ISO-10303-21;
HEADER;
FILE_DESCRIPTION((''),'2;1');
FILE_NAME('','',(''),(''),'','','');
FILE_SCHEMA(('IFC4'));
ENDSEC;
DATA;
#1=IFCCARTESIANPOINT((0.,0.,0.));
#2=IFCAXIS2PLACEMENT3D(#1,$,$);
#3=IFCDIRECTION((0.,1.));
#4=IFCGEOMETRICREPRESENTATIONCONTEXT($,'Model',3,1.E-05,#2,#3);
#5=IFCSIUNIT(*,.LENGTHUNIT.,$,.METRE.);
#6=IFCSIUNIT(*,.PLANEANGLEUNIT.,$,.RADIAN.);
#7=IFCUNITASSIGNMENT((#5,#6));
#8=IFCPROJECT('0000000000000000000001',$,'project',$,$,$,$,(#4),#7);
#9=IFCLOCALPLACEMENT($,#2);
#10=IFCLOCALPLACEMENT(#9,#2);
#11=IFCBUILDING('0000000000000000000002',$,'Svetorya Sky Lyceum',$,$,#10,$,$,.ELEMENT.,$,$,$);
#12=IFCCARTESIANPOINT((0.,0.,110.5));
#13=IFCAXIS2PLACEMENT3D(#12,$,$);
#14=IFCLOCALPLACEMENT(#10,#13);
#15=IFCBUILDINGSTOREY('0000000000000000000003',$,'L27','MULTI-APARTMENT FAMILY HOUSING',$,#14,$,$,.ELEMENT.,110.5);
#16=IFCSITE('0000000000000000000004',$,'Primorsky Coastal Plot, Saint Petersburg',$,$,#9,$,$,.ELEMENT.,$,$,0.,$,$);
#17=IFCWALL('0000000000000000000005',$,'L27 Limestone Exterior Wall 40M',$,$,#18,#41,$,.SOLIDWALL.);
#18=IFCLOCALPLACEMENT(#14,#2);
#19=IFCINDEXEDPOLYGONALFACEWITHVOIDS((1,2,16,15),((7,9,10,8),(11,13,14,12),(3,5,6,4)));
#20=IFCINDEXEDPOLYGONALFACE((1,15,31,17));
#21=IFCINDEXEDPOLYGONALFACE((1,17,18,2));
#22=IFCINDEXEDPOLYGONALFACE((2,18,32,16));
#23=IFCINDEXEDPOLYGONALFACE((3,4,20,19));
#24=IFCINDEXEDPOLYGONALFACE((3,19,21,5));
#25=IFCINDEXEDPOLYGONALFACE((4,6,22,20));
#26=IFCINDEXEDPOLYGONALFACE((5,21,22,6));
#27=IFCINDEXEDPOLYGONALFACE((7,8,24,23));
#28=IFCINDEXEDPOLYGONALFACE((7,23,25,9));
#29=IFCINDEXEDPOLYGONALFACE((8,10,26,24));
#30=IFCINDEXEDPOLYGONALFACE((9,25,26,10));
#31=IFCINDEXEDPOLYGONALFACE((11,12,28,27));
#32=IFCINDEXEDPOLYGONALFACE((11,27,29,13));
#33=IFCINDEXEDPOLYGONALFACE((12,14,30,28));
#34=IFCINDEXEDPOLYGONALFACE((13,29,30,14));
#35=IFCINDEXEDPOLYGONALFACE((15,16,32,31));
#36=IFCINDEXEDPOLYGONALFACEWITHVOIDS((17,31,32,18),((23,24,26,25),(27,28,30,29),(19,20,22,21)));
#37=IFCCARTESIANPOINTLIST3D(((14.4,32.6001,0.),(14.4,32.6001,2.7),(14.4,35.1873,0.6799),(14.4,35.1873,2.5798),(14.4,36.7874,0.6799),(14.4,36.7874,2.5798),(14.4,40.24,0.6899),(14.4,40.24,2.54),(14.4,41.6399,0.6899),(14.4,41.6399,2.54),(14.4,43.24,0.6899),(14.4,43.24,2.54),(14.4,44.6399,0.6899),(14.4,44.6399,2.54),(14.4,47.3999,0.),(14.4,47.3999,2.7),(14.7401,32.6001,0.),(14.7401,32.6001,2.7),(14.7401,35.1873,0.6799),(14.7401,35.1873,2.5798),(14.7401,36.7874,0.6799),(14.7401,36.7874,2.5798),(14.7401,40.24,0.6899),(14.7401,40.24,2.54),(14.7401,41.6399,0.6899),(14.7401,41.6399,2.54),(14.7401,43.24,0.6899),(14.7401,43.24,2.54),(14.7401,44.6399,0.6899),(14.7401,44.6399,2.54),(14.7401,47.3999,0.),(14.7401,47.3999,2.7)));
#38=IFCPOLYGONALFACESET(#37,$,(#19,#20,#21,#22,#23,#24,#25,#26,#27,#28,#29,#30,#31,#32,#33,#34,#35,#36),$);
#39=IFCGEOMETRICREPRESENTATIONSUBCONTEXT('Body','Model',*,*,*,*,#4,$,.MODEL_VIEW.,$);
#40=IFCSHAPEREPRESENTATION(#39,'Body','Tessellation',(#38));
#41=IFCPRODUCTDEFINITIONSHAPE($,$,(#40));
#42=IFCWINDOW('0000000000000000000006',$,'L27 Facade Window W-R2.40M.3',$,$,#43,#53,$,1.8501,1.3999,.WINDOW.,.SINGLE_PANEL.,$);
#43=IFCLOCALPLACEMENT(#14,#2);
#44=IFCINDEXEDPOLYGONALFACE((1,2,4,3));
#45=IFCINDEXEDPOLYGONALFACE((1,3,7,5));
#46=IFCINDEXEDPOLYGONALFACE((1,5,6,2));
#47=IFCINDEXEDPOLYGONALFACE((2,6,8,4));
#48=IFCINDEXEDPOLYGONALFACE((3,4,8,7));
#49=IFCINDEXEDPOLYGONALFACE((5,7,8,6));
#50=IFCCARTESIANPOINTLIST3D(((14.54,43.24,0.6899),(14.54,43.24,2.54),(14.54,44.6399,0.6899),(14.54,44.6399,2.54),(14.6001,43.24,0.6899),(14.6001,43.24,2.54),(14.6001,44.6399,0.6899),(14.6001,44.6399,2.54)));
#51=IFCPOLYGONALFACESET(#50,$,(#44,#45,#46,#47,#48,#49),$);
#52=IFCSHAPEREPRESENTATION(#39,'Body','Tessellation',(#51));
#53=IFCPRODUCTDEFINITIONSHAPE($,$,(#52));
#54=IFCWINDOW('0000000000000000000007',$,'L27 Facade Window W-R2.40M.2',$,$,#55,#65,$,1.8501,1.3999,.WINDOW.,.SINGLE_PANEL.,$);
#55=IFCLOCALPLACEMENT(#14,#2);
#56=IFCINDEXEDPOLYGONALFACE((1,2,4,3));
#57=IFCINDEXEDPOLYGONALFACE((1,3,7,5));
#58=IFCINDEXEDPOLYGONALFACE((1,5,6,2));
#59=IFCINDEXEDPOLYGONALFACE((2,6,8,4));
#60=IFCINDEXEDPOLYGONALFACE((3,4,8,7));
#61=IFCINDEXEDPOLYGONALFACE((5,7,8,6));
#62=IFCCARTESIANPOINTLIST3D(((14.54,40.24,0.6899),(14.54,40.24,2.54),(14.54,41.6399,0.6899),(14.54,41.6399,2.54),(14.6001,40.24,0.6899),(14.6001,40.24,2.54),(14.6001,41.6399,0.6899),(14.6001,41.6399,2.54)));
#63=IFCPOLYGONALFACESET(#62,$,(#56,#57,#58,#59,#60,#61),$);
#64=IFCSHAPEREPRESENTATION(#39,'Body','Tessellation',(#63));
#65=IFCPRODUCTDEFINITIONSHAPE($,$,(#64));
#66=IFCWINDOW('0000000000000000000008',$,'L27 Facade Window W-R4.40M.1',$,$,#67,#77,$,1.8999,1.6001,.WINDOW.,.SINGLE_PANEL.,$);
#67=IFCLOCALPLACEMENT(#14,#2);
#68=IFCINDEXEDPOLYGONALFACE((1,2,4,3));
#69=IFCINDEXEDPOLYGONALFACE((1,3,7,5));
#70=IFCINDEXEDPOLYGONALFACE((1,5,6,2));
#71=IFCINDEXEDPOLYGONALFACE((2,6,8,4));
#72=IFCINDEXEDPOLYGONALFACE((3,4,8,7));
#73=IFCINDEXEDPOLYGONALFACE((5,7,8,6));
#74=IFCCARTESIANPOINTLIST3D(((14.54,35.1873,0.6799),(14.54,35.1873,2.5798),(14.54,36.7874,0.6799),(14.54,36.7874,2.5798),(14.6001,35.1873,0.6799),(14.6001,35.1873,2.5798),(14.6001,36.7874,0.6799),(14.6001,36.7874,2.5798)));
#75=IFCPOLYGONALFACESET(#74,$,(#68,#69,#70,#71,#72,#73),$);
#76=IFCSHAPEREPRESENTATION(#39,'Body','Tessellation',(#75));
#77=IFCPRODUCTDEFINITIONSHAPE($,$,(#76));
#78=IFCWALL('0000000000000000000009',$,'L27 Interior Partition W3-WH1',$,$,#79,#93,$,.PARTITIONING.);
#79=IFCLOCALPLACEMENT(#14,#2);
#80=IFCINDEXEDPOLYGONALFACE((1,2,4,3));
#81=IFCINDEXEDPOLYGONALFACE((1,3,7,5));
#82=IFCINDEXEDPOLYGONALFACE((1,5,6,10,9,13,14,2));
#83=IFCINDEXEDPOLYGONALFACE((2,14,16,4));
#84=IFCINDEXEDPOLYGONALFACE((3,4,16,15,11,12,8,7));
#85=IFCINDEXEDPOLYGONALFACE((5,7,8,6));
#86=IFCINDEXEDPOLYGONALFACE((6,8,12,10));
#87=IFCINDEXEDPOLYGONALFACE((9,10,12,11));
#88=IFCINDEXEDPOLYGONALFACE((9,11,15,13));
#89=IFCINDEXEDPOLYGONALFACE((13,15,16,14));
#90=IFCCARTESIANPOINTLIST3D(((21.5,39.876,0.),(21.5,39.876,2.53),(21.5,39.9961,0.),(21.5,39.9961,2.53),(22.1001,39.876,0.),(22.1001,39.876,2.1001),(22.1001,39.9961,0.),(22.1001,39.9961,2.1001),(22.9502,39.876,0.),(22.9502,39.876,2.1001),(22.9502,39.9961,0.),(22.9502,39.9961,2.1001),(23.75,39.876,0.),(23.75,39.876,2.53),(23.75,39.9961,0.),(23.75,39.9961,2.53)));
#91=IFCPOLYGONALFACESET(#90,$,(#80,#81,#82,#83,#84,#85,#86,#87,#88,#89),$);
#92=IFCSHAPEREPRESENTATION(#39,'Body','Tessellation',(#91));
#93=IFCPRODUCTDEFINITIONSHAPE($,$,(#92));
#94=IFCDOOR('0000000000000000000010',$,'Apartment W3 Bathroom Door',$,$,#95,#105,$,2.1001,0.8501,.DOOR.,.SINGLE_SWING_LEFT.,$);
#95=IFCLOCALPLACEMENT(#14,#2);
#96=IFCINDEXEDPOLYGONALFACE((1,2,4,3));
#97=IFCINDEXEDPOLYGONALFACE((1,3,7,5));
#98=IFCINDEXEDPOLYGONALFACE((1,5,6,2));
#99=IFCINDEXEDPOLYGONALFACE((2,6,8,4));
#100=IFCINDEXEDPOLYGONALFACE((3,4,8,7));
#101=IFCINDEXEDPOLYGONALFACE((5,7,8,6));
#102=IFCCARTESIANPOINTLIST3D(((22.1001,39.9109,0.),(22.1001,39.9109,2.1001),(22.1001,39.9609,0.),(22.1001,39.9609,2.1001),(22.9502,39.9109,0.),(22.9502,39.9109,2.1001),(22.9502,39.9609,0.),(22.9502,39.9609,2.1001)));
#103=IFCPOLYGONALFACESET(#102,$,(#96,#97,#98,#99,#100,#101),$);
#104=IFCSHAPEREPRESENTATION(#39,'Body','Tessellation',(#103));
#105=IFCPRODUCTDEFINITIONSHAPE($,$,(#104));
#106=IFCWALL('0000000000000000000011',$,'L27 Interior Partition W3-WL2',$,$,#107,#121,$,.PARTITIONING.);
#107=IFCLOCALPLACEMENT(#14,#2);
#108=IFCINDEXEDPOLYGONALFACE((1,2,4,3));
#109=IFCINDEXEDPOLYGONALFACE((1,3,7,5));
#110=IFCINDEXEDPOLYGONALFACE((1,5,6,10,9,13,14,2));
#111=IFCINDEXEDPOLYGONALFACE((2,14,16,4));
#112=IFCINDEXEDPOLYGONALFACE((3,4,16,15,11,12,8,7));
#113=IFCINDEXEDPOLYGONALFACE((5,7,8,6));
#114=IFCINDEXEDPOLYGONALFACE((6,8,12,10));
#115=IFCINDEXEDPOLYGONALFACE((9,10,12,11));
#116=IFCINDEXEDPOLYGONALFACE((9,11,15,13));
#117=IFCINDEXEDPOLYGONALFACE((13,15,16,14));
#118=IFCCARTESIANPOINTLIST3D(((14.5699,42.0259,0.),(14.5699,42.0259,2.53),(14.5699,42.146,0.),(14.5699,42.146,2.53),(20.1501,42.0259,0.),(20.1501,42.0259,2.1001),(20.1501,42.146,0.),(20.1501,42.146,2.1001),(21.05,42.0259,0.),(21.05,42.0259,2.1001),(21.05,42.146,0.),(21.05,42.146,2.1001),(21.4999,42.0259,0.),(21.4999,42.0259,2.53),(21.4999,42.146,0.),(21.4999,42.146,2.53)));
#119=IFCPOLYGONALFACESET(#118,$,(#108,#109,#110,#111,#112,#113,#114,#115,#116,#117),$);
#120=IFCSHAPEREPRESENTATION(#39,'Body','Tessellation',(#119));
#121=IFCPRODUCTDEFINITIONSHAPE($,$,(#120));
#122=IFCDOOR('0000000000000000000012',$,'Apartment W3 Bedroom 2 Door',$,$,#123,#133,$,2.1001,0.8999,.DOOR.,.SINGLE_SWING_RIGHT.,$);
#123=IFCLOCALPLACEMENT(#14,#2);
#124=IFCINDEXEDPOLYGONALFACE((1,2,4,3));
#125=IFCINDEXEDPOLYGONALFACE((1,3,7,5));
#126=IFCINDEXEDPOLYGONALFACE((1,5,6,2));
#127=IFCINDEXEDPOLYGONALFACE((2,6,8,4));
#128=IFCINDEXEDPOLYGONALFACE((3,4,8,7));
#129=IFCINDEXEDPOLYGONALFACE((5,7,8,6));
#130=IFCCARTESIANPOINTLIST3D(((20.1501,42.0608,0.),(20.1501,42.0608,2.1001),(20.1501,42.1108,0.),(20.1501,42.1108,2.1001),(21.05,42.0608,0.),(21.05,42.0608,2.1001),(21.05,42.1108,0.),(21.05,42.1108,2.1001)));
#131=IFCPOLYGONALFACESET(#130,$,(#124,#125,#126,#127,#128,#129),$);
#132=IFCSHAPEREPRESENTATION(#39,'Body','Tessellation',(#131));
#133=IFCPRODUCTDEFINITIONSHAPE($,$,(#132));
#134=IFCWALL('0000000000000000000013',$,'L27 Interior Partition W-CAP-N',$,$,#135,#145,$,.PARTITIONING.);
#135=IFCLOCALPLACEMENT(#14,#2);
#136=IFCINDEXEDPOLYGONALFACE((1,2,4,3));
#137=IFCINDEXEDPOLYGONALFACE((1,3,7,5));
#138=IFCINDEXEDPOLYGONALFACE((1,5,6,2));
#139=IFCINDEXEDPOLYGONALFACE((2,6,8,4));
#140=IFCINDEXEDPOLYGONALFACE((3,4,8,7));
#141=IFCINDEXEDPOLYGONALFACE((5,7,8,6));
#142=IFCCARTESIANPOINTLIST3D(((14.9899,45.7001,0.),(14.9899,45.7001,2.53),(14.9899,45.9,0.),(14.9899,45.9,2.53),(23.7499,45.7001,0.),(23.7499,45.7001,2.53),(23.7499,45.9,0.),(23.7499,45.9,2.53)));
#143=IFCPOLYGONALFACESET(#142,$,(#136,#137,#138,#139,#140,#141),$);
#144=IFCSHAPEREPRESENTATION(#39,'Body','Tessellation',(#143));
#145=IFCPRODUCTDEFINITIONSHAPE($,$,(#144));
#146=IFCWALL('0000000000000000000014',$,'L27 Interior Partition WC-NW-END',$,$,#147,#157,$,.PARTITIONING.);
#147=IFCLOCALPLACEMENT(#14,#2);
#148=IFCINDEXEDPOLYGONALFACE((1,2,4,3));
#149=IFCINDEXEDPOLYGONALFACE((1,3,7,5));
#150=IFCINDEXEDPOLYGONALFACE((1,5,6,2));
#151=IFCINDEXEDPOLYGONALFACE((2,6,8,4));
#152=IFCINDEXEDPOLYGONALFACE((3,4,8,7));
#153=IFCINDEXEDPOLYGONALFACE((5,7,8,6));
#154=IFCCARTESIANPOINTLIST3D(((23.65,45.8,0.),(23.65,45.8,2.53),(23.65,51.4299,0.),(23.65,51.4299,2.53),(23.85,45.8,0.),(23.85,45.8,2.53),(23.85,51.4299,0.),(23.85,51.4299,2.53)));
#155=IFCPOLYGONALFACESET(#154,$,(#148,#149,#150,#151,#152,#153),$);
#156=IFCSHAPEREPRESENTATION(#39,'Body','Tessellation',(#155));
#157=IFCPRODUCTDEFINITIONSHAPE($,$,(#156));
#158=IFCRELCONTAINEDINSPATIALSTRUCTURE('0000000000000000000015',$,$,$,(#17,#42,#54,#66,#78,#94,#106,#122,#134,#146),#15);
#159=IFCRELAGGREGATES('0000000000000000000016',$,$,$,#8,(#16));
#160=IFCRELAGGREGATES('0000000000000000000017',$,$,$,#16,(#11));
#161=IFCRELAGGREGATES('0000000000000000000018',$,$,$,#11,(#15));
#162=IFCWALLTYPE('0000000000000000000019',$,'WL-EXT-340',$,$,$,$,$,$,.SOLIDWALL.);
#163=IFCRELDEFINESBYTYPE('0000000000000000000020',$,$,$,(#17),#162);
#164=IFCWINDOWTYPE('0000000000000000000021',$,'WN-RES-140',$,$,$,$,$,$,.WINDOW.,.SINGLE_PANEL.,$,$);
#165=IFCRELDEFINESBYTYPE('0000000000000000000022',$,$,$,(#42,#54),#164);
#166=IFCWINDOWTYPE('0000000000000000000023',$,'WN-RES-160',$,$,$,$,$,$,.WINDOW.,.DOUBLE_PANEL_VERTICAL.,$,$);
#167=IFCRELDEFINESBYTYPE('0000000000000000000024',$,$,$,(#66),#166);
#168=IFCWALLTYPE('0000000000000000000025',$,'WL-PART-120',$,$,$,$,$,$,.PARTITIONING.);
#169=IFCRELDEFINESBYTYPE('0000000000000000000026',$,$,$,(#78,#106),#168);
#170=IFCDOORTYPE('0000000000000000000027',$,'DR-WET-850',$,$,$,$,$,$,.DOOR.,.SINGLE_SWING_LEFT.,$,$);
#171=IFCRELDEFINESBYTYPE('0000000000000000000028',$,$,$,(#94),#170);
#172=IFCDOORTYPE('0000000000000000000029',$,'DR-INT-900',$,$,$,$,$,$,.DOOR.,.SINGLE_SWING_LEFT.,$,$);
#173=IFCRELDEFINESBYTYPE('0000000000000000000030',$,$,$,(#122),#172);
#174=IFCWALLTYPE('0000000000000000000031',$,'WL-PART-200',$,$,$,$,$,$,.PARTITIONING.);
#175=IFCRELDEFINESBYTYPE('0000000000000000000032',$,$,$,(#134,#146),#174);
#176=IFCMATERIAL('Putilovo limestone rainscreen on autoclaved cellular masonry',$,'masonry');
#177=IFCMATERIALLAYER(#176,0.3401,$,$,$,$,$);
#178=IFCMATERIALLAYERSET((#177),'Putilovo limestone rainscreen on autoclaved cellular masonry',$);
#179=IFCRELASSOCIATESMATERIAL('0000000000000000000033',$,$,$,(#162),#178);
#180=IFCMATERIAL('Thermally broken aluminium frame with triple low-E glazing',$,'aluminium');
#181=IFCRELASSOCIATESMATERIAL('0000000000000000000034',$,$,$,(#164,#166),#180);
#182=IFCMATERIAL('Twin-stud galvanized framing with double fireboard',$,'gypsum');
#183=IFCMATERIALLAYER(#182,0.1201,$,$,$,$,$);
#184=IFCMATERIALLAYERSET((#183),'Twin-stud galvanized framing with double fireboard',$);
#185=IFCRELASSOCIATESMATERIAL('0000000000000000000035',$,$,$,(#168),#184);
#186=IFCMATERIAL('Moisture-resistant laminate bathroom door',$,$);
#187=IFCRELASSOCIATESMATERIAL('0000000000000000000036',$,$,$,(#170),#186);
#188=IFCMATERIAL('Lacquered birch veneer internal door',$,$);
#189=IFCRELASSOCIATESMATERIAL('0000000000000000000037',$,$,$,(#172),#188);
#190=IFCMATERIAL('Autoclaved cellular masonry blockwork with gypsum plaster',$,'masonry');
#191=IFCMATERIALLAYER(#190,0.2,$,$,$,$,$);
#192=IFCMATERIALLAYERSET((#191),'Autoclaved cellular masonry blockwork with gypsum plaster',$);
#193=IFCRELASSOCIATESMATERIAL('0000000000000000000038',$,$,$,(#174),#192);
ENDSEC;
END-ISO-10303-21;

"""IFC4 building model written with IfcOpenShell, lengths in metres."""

from ifc_helpers import new_model, si_unit, direction, frame, frame_2d, origin, place, context, subcontext, project, spatial, rectangle, extrude, material, layer, layer_set, type_object, element, fill, save


model = new_model("IFC4")

# Units and contexts
model_context = context("Model", 3, precision=1e-05, world=origin(), true_north=direction((0.0, 1.0)))
body_context = subcontext(model_context, "Body", "Model", "MODEL_VIEW")
ifc_project = project(units=[si_unit("LENGTHUNIT", "METRE"), si_unit("PLANEANGLEUNIT", "RADIAN")], contexts=[model_context])

# Site, building, storey
site_placement = place(None, origin())
site = spatial("IfcSite", under=ifc_project, at=site_placement, Name="Primorsky Coastal Plot, Saint Petersburg", CompositionType="ELEMENT", RefElevation=0.0)
building_placement = place(site_placement, origin())
building = spatial("IfcBuilding", under=site, at=building_placement, Name="Svetorya Sky Lyceum", CompositionType="ELEMENT")
storey_placement = place(building_placement, frame((0.0, 0.0, 110.5)))
storey = spatial("IfcBuildingStorey", under=building, at=storey_placement, Name="L27", Description="MULTI-APARTMENT FAMILY HOUSING", CompositionType="ELEMENT", Elevation=110.5)

# Shared definitions
ifc_material_1 = material(Name="Putilovo limestone rainscreen on autoclaved cellular masonry", Category="masonry")
ifc_layer_1 = layer(ifc_material_1, 0.3401)
ifc_layer_set_1 = layer_set([ifc_layer_1], Name="Putilovo limestone rainscreen on autoclaved cellular masonry")
wall_type_1 = type_object("IfcWallType", Name="WL-EXT-340", PredefinedType="SOLIDWALL", material=ifc_layer_set_1)

# Wall, openings, windows
wall_1_placement = place(storey_placement, frame((14.5701, 47.3999, 0.0), z_axis=(0.0, 0.0, 1.0), x_axis=(0.0, -1.0, 0.0)))
wall_1 = element("IfcWall", 1, at=wall_1_placement, inside=storey, type_object=wall_type_1, Name="L27 Limestone Exterior Wall 40M", PredefinedType="SOLIDWALL", context=body_context, shape_type="SweptSolid", body=[
    extrude(rectangle(XDim=14.7998, YDim=0.3401, at=frame_2d((7.3999, 0.0))), origin(), (0.0, 0.0, 1.0), 2.7),
])
opening_1_placement = place(wall_1_placement, frame((2.76, 0.0, 0.6899)))
opening_1 = element("IfcOpeningElement", 2, at=opening_1_placement, cuts=wall_1, PredefinedType="OPENING", context=body_context, shape_type="SweptSolid", body=[
    extrude(rectangle(XDim=1.3999, YDim=1.8501, at=frame_2d((0.7, 0.925))), frame((0.0, 0.1799, 0.0), z_axis=(0.0, -1.0, 0.0), x_axis=(1.0, 0.0, 0.0)), (0.0, 0.0, 1.0), 0.3601),
])
opening_2_placement = place(wall_1_placement, frame((5.76, 0.0, 0.6899)))
opening_2 = element("IfcOpeningElement", 3, at=opening_2_placement, cuts=wall_1, PredefinedType="OPENING", context=body_context, shape_type="SweptSolid", body=[
    extrude(rectangle(XDim=1.3999, YDim=1.8501, at=frame_2d((0.7, 0.925))), frame((0.0, 0.1799, 0.0), z_axis=(0.0, -1.0, 0.0), x_axis=(1.0, 0.0, 0.0)), (0.0, 0.0, 1.0), 0.3601),
])
opening_3_placement = place(wall_1_placement, frame((10.6125, 0.0, 0.6799)))
opening_3 = element("IfcOpeningElement", 4, at=opening_3_placement, cuts=wall_1, PredefinedType="OPENING", context=body_context, shape_type="SweptSolid", body=[
    extrude(rectangle(XDim=1.6001, YDim=1.8999, at=frame_2d((0.8, 0.95))), frame((0.0, 0.1799, 0.0), z_axis=(0.0, -1.0, 0.0), x_axis=(1.0, 0.0, 0.0)), (0.0, 0.0, 1.0), 0.3601),
])
ifc_material_2 = material(Name="Thermally broken aluminium frame with triple low-E glazing", Category="aluminium")
window_type_1 = type_object("IfcWindowType", Name="WN-RES-140", PartitioningType="SINGLE_PANEL", PredefinedType="WINDOW", material=ifc_material_2)
window_1_placement = place(opening_1_placement, origin())
window_1 = element("IfcWindow", 5, at=window_1_placement, inside=storey, type_object=window_type_1, Name="L27 Facade Window W-R2.40M.3", OverallHeight=1.8501, OverallWidth=1.3999, PartitioningType="SINGLE_PANEL", PredefinedType="WINDOW", context=body_context, shape_type="SweptSolid", body=[
    extrude(rectangle(XDim=1.3999, YDim=1.8501, at=frame_2d((0.7, 0.925))), frame((0.0, 0.03, 0.0), z_axis=(0.0, -1.0, 0.0), x_axis=(1.0, 0.0, 0.0)), (0.0, 0.0, 1.0), 0.0601),
])
fill(opening_1, window_1)
window_2_placement = place(opening_2_placement, origin())
window_2 = element("IfcWindow", 6, at=window_2_placement, inside=storey, type_object=window_type_1, Name="L27 Facade Window W-R2.40M.2", OverallHeight=1.8501, OverallWidth=1.3999, PartitioningType="SINGLE_PANEL", PredefinedType="WINDOW", context=body_context, shape_type="SweptSolid", body=[
    extrude(rectangle(XDim=1.3999, YDim=1.8501, at=frame_2d((0.7, 0.925))), frame((0.0, 0.03, 0.0), z_axis=(0.0, -1.0, 0.0), x_axis=(1.0, 0.0, 0.0)), (0.0, 0.0, 1.0), 0.0601),
])
fill(opening_2, window_2)
window_type_2 = type_object("IfcWindowType", Name="WN-RES-160", PartitioningType="DOUBLE_PANEL_VERTICAL", PredefinedType="WINDOW", material=ifc_material_2)
window_3_placement = place(opening_3_placement, origin())
window_3 = element("IfcWindow", 7, at=window_3_placement, inside=storey, type_object=window_type_2, Name="L27 Facade Window W-R4.40M.1", OverallHeight=1.8999, OverallWidth=1.6001, PartitioningType="SINGLE_PANEL", PredefinedType="WINDOW", context=body_context, shape_type="SweptSolid", body=[
    extrude(rectangle(XDim=1.6001, YDim=1.8999, at=frame_2d((0.8, 0.95))), frame((0.0, 0.03, 0.0), z_axis=(0.0, -1.0, 0.0), x_axis=(1.0, 0.0, 0.0)), (0.0, 0.0, 1.0), 0.0601),
])
fill(opening_3, window_3)

# Walls, openings, doors
ifc_material_3 = material(Name="Twin-stud galvanized framing with double fireboard", Category="gypsum")
ifc_layer_2 = layer(ifc_material_3, 0.1201)
ifc_layer_set_2 = layer_set([ifc_layer_2], Name="Twin-stud galvanized framing with double fireboard")
wall_type_2 = type_object("IfcWallType", Name="WL-PART-120", PredefinedType="PARTITIONING", material=ifc_layer_set_2)
wall_2_placement = place(storey_placement, frame((21.5, 39.936, 0.0), z_axis=(0.0, 0.0, 1.0), x_axis=(1.0, 0.0, 0.0)))
wall_2 = element("IfcWall", 8, at=wall_2_placement, inside=storey, type_object=wall_type_2, Name="L27 Interior Partition W3-WH1", PredefinedType="PARTITIONING", context=body_context, shape_type="SweptSolid", body=[
    extrude(rectangle(XDim=2.25, YDim=0.1201, at=frame_2d((1.125, 0.0))), origin(), (0.0, 0.0, 1.0), 2.53),
])
opening_4_placement = place(wall_2_placement, frame((0.6001, 0.0, 0.0)))
opening_4 = element("IfcOpeningElement", 9, at=opening_4_placement, cuts=wall_2, PredefinedType="OPENING", context=body_context, shape_type="SweptSolid", body=[
    extrude(rectangle(XDim=0.8501, YDim=2.1001, at=frame_2d((0.425, 1.05))), frame((0.0, 0.0701, 0.0), z_axis=(0.0, -1.0, 0.0), x_axis=(1.0, 0.0, 0.0)), (0.0, 0.0, 1.0), 0.1401),
])
ifc_material_4 = material(Name="Moisture-resistant laminate bathroom door")
door_type_1 = type_object("IfcDoorType", Name="DR-WET-850", OperationType="SINGLE_SWING_LEFT", PredefinedType="DOOR", material=ifc_material_4)
door_1_placement = place(opening_4_placement, origin())
door_1 = element("IfcDoor", 10, at=door_1_placement, inside=storey, type_object=door_type_1, Name="Apartment W3 Bathroom Door", OperationType="SINGLE_SWING_LEFT", OverallHeight=2.1001, OverallWidth=0.8501, PredefinedType="DOOR", context=body_context, shape_type="SweptSolid", body=[
    extrude(rectangle(XDim=0.8501, YDim=2.1001, at=frame_2d((0.425, 1.05))), frame((0.0, 0.0249, 0.0), z_axis=(0.0, -1.0, 0.0), x_axis=(1.0, 0.0, 0.0)), (0.0, 0.0, 1.0), 0.05),
])
fill(opening_4, door_1)
wall_3_placement = place(storey_placement, frame((14.5701, 42.0859, 0.0), z_axis=(0.0, 0.0, 1.0), x_axis=(1.0, 0.0, 0.0)))
wall_3 = element("IfcWall", 11, at=wall_3_placement, inside=storey, type_object=wall_type_2, Name="L27 Interior Partition W3-WL2", PredefinedType="PARTITIONING", context=body_context, shape_type="SweptSolid", body=[
    extrude(rectangle(XDim=6.9299, YDim=0.1201, at=frame_2d((3.4648, 0.0))), origin(), (0.0, 0.0, 1.0), 2.53),
])
opening_5_placement = place(wall_3_placement, frame((5.5801, 0.0, 0.0)))
opening_5 = element("IfcOpeningElement", 12, at=opening_5_placement, cuts=wall_3, PredefinedType="OPENING", context=body_context, shape_type="SweptSolid", body=[
    extrude(rectangle(XDim=0.8999, YDim=2.1001, at=frame_2d((0.45, 1.05))), frame((0.0, 0.0701, 0.0), z_axis=(0.0, -1.0, 0.0), x_axis=(1.0, 0.0, 0.0)), (0.0, 0.0, 1.0), 0.1401),
])
ifc_material_5 = material(Name="Lacquered birch veneer internal door")
door_type_2 = type_object("IfcDoorType", Name="DR-INT-900", OperationType="SINGLE_SWING_LEFT", PredefinedType="DOOR", material=ifc_material_5)
door_2_placement = place(opening_5_placement, origin())
door_2 = element("IfcDoor", 13, at=door_2_placement, inside=storey, type_object=door_type_2, Name="Apartment W3 Bedroom 2 Door", OperationType="SINGLE_SWING_RIGHT", OverallHeight=2.1001, OverallWidth=0.8999, PredefinedType="DOOR", context=body_context, shape_type="SweptSolid", body=[
    extrude(rectangle(XDim=0.8999, YDim=2.1001, at=frame_2d((0.45, 1.05))), frame((0.0, 0.0249, 0.0), z_axis=(0.0, -1.0, 0.0), x_axis=(1.0, 0.0, 0.0)), (0.0, 0.0, 1.0), 0.05),
])
fill(opening_5, door_2)

# Walls
ifc_material_6 = material(Name="Autoclaved cellular masonry blockwork with gypsum plaster", Category="masonry")
ifc_layer_3 = layer(ifc_material_6, 0.2)
ifc_layer_set_3 = layer_set([ifc_layer_3], Name="Autoclaved cellular masonry blockwork with gypsum plaster")
wall_type_3 = type_object("IfcWallType", Name="WL-PART-200", PredefinedType="PARTITIONING", material=ifc_layer_set_3)
wall_4_placement = place(storey_placement, frame((14.99, 45.8, 0.0), z_axis=(0.0, 0.0, 1.0), x_axis=(1.0, 0.0, 0.0)))
element("IfcWall", 14, at=wall_4_placement, inside=storey, type_object=wall_type_3, Name="L27 Interior Partition W-CAP-N", PredefinedType="PARTITIONING", context=body_context, shape_type="SweptSolid", body=[
    extrude(rectangle(XDim=8.76, YDim=0.2, at=frame_2d((4.3799, 0.0))), origin(), (0.0, 0.0, 1.0), 2.53),
])
wall_5_placement = place(storey_placement, frame((23.75, 45.8, 0.0), z_axis=(0.0, 0.0, 1.0), x_axis=(0.0, 1.0, 0.0)))
element("IfcWall", 15, at=wall_5_placement, inside=storey, type_object=wall_type_3, Name="L27 Interior Partition WC-NW-END", PredefinedType="PARTITIONING", context=body_context, shape_type="SweptSolid", body=[
    extrude(rectangle(XDim=5.6299, YDim=0.2, at=frame_2d((2.8149, 0.0))), origin(), (0.0, 0.0, 1.0), 2.53),
])

save(model, "model.ifc")
